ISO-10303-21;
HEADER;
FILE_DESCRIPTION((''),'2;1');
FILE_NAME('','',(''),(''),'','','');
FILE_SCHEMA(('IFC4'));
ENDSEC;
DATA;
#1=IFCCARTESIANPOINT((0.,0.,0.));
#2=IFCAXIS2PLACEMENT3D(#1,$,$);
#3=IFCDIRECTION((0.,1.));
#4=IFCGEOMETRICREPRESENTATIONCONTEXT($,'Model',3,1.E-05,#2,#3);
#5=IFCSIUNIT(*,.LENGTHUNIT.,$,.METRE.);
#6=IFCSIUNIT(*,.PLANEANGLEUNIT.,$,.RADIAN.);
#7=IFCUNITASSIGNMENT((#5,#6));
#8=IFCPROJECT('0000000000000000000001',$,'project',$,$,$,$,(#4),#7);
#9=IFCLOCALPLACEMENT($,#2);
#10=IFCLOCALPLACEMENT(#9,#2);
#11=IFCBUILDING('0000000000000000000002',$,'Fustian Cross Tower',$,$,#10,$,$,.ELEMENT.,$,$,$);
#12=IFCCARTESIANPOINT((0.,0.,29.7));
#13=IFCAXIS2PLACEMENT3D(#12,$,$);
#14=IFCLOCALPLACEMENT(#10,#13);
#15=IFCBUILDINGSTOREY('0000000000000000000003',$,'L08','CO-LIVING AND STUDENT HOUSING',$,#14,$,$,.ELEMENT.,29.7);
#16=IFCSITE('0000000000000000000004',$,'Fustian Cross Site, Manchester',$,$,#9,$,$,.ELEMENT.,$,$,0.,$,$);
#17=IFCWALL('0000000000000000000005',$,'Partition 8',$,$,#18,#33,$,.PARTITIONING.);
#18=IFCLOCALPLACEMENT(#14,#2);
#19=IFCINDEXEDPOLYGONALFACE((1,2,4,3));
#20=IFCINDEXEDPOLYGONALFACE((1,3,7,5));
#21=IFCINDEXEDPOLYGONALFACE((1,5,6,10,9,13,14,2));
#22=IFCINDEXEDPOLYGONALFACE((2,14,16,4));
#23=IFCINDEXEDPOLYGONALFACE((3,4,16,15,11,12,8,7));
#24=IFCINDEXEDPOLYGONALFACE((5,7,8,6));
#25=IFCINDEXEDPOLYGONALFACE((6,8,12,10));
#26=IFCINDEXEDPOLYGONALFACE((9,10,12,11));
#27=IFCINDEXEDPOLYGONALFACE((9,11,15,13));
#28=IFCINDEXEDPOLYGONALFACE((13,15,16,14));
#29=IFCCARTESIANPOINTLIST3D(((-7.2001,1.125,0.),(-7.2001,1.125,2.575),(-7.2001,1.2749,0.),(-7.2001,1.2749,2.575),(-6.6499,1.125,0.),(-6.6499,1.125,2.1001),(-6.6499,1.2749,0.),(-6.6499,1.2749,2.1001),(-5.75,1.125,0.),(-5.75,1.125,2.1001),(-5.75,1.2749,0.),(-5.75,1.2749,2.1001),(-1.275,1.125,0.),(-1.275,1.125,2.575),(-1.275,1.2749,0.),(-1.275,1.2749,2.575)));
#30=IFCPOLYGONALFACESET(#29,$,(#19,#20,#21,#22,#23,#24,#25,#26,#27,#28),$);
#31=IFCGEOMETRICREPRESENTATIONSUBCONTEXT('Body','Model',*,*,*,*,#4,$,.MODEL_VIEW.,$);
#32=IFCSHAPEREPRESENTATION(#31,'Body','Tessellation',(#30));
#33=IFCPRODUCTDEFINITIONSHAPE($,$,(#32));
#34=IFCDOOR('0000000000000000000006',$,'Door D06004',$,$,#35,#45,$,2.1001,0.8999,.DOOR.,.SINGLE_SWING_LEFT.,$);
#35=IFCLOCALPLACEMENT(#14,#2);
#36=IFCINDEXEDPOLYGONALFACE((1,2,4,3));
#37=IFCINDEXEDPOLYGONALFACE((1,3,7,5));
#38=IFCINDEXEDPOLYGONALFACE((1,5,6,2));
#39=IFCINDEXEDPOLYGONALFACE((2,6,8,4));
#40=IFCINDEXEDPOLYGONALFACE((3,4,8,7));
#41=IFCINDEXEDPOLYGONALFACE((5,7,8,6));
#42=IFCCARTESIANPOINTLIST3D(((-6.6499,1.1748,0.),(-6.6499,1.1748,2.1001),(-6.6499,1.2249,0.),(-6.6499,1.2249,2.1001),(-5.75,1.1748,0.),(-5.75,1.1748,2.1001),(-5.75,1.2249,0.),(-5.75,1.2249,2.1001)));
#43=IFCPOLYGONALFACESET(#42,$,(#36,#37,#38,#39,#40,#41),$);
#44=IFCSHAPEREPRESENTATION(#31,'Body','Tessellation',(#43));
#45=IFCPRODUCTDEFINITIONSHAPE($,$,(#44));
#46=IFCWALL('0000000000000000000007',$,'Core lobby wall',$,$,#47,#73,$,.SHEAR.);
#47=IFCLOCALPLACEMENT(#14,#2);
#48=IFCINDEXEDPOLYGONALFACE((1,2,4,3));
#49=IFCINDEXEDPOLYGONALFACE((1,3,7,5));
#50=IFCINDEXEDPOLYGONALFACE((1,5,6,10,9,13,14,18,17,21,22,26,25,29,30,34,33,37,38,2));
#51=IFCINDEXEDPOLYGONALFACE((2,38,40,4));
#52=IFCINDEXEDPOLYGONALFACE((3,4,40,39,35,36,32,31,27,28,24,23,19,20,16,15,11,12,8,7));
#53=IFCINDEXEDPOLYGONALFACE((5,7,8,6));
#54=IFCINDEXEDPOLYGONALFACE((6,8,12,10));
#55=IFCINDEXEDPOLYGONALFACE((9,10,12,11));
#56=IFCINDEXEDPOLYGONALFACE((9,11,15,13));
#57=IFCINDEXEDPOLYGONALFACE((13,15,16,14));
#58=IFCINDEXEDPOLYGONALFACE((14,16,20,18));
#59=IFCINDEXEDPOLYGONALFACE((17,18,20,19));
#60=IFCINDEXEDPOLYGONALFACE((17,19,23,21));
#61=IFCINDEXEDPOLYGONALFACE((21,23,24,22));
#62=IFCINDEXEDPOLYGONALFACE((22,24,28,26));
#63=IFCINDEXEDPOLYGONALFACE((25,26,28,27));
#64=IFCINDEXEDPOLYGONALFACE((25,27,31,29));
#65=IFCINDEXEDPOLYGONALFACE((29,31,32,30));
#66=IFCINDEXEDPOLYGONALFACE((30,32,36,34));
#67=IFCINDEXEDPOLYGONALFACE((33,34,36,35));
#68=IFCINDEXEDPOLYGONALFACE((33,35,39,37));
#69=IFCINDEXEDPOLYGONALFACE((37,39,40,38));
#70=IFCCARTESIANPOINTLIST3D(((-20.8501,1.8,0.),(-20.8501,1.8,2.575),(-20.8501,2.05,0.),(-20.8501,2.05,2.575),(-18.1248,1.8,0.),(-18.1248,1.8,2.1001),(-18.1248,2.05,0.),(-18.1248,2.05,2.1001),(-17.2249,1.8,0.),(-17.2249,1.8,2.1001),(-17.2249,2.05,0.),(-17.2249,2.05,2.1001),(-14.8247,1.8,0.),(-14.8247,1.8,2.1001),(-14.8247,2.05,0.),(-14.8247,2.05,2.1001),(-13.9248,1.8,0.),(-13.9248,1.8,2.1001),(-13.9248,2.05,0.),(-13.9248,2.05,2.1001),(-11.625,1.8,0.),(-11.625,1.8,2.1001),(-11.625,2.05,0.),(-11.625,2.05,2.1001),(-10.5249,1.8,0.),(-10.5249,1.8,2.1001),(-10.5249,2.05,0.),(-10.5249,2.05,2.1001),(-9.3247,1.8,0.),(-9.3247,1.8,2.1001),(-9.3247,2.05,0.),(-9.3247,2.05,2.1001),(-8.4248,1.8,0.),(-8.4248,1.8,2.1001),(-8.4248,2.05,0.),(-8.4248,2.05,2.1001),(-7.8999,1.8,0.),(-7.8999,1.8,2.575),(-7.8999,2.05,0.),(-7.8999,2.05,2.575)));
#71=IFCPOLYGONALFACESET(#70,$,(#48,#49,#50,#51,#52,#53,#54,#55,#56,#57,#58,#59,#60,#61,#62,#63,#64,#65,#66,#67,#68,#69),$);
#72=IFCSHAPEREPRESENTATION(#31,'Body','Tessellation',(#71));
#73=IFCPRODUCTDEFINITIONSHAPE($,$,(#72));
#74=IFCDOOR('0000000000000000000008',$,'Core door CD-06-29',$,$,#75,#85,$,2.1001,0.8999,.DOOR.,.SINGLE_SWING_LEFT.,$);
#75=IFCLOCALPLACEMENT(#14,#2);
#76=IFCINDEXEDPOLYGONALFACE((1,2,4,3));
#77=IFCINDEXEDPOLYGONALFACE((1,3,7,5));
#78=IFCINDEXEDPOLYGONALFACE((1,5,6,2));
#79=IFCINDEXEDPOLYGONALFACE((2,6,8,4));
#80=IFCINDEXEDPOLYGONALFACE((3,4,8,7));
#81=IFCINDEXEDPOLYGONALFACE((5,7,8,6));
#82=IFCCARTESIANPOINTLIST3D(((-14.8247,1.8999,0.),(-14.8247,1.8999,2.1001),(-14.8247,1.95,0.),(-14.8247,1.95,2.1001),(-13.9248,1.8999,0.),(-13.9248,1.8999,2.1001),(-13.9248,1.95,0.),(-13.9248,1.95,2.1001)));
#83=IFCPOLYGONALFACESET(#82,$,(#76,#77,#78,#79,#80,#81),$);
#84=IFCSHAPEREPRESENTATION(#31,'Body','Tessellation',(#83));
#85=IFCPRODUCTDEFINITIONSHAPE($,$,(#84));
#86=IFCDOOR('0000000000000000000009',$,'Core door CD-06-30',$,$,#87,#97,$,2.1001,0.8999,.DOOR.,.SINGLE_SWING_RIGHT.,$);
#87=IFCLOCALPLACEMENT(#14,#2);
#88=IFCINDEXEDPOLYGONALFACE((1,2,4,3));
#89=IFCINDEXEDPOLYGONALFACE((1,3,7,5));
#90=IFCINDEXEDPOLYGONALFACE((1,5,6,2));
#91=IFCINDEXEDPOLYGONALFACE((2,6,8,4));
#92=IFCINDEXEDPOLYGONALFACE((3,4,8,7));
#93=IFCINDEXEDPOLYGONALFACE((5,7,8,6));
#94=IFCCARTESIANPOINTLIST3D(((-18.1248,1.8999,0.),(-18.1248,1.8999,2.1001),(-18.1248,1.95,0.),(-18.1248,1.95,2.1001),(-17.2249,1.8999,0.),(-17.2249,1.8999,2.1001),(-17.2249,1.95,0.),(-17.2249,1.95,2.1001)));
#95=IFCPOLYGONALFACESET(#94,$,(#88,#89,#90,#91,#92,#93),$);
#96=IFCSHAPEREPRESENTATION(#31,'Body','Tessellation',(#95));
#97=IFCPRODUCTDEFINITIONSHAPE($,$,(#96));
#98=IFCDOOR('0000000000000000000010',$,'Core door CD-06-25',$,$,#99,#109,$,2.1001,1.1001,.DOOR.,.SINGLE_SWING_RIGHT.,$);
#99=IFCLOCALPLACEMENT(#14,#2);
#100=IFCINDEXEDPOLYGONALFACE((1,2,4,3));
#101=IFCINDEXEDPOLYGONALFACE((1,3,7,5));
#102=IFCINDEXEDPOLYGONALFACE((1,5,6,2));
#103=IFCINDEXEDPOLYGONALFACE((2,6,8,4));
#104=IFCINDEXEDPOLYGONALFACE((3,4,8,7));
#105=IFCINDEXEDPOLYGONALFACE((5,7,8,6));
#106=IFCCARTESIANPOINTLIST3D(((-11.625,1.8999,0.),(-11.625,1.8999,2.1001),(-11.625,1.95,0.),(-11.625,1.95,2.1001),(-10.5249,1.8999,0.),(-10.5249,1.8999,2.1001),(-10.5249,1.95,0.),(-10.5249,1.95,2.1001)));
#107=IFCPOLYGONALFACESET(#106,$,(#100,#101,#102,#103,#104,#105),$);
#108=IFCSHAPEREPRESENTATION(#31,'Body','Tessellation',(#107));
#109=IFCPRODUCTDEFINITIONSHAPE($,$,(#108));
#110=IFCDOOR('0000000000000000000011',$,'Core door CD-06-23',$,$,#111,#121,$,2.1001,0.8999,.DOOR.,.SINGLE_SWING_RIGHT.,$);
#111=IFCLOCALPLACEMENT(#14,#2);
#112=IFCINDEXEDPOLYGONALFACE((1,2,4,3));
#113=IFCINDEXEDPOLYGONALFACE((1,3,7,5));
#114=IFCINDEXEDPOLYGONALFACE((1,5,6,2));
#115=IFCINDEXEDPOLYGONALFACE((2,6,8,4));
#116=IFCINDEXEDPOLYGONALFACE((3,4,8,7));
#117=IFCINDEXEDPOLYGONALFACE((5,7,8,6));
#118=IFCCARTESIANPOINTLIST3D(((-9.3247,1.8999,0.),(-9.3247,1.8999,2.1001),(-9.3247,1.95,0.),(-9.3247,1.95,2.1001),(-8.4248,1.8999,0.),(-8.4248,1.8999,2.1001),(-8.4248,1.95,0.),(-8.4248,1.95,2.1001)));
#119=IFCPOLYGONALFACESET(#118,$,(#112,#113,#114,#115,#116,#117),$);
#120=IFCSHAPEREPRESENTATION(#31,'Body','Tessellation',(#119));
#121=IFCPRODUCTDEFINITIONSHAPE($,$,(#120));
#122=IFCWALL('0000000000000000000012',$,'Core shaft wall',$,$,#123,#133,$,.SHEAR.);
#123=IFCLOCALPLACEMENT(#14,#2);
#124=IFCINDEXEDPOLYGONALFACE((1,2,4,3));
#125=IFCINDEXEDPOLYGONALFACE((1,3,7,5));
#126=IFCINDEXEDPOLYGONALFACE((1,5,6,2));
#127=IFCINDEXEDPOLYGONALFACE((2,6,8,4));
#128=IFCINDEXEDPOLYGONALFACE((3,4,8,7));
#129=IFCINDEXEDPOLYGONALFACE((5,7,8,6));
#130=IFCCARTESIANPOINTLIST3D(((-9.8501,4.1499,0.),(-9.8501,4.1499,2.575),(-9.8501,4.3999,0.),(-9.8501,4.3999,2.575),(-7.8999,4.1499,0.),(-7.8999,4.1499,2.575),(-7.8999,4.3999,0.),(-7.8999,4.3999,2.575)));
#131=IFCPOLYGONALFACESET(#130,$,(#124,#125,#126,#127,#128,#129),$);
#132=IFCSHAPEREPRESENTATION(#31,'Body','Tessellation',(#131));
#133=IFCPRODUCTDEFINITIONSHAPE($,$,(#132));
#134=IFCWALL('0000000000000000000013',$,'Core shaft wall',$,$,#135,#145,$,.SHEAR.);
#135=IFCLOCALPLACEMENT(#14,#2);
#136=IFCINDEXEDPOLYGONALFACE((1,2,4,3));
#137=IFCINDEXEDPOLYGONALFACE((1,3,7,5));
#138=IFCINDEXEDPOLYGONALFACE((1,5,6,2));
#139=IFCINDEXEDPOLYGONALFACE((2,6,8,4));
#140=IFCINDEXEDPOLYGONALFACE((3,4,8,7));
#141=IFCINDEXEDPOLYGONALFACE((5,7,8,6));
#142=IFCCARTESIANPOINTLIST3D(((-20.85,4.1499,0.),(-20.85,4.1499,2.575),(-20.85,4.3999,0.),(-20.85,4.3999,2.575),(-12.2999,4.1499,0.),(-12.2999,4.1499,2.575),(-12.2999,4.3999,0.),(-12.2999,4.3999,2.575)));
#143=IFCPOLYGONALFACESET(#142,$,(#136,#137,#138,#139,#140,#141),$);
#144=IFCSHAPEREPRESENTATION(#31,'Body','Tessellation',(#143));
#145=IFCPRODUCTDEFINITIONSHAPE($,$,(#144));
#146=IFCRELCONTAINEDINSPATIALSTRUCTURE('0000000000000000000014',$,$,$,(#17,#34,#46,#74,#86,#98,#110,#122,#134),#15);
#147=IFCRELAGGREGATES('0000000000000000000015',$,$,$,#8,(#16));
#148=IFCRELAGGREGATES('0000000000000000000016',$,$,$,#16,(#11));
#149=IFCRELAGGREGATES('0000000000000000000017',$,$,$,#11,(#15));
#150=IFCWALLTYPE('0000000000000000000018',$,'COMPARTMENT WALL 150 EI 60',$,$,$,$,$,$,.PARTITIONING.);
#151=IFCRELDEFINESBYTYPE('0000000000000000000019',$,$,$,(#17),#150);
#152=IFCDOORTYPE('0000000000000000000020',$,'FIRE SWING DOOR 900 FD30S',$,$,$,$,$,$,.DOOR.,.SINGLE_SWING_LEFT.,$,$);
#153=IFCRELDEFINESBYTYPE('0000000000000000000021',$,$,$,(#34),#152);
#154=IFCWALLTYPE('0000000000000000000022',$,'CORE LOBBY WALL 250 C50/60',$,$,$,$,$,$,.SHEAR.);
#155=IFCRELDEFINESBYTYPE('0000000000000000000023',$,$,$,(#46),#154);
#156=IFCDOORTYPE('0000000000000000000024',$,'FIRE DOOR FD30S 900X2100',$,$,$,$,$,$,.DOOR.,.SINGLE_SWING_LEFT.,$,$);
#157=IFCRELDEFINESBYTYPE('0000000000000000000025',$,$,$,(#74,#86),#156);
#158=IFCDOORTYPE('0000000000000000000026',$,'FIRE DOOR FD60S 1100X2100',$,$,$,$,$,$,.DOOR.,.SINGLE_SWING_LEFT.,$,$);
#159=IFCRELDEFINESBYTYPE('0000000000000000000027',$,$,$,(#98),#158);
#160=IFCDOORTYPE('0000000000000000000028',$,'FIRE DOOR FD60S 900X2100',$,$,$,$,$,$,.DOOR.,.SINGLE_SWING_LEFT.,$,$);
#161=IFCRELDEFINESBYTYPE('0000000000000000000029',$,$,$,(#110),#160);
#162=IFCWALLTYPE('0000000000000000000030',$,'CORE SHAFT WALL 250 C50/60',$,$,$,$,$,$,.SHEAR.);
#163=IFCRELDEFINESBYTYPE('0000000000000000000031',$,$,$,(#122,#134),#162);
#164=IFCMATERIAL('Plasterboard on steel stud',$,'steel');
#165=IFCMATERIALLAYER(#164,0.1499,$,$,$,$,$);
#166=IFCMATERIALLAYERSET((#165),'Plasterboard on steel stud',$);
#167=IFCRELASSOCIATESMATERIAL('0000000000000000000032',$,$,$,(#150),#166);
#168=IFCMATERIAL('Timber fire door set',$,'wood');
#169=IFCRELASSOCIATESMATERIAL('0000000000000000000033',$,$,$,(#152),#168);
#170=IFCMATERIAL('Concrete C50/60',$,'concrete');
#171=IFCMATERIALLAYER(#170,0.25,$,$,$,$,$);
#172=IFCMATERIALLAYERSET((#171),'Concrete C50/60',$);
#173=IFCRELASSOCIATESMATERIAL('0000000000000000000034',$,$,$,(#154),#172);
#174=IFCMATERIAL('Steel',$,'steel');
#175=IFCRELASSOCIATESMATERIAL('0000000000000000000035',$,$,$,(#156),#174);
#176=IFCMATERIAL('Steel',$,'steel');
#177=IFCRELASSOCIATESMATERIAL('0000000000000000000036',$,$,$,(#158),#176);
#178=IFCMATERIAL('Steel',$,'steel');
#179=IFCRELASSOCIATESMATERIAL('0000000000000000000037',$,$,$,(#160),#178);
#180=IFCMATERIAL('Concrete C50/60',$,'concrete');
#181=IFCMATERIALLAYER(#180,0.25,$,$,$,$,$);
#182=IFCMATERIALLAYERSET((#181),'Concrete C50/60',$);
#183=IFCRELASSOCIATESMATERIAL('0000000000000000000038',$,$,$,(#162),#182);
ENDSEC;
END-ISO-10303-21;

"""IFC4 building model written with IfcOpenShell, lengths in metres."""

from ifc_helpers import new_model, si_unit, direction, frame, frame_2d, origin, place, context, subcontext, project, spatial, rectangle, extrude, material, layer, layer_set, type_object, element, fill, save


model = new_model("IFC4")

# Units and contexts
model_context = context("Model", 3, precision=1e-05, world=origin(), true_north=direction((0.0, 1.0)))
body_context = subcontext(model_context, "Body", "Model", "MODEL_VIEW")
ifc_project = project(units=[si_unit("LENGTHUNIT", "METRE"), si_unit("PLANEANGLEUNIT", "RADIAN")], contexts=[model_context])

# Site, building, storey
site_placement = place(None, origin())
site = spatial("IfcSite", under=ifc_project, at=site_placement, Name="Fustian Cross Site, Manchester", CompositionType="ELEMENT", RefElevation=0.0)
building_placement = place(site_placement, origin())
building = spatial("IfcBuilding", under=site, at=building_placement, Name="Fustian Cross Tower", CompositionType="ELEMENT")
storey_placement = place(building_placement, frame((0.0, 0.0, 29.7)))
storey = spatial("IfcBuildingStorey", under=building, at=storey_placement, Name="L08", Description="CO-LIVING AND STUDENT HOUSING", CompositionType="ELEMENT", Elevation=29.7)

# Wall, opening, door
ifc_material_1 = material(Name="Plasterboard on steel stud", Category="steel")
ifc_layer_1 = layer(ifc_material_1, 0.1499)
ifc_layer_set_1 = layer_set([ifc_layer_1], Name="Plasterboard on steel stud")
wall_type_1 = type_object("IfcWallType", Name="COMPARTMENT WALL 150 EI 60", PredefinedType="PARTITIONING", material=ifc_layer_set_1)
wall_1_placement = place(storey_placement, frame((-7.2, 1.2, 0.0), z_axis=(0.0, 0.0, 1.0), x_axis=(1.0, 0.0, 0.0)))
wall_1 = element("IfcWall", 1, at=wall_1_placement, inside=storey, type_object=wall_type_1, Name="Partition 8", PredefinedType="PARTITIONING", context=body_context, shape_type="SweptSolid", body=[
    extrude(rectangle(XDim=5.925, YDim=0.1499, at=frame_2d((2.9624, 0.0))), origin(), (0.0, 0.0, 1.0), 2.575),
])
opening_1_placement = place(wall_1_placement, frame((0.55, 0.0, 0.0)))
opening_1 = element("IfcOpeningElement", 2, at=opening_1_placement, cuts=wall_1, PredefinedType="OPENING", context=body_context, shape_type="SweptSolid", body=[
    extrude(rectangle(XDim=0.8999, YDim=2.1001, at=frame_2d((0.45, 1.05))), frame((0.0, 0.085, 0.0), z_axis=(0.0, -1.0, 0.0), x_axis=(1.0, 0.0, 0.0)), (0.0, 0.0, 1.0), 0.1699),
])
ifc_material_2 = material(Name="Timber fire door set", Category="wood")
door_type_1 = type_object("IfcDoorType", Name="FIRE SWING DOOR 900 FD30S", OperationType="SINGLE_SWING_LEFT", PredefinedType="DOOR", material=ifc_material_2)
door_1_placement = place(opening_1_placement, origin())
door_1 = element("IfcDoor", 3, at=door_1_placement, inside=storey, type_object=door_type_1, Name="Door D06004", OperationType="SINGLE_SWING_LEFT", OverallHeight=2.1001, OverallWidth=0.8999, PredefinedType="DOOR", context=body_context, shape_type="SweptSolid", body=[
    extrude(rectangle(XDim=0.8999, YDim=2.1001, at=frame_2d((0.45, 1.05))), frame((0.0, 0.0249, 0.0), z_axis=(0.0, -1.0, 0.0), x_axis=(1.0, 0.0, 0.0)), (0.0, 0.0, 1.0), 0.05),
])
fill(opening_1, door_1)

# Wall, openings, doors
ifc_material_3 = material(Name="Concrete C50/60", Category="concrete")
ifc_layer_2 = layer(ifc_material_3, 0.25)
ifc_layer_set_2 = layer_set([ifc_layer_2], Name="Concrete C50/60")
wall_type_2 = type_object("IfcWallType", Name="CORE LOBBY WALL 250 C50/60", PredefinedType="SHEAR", material=ifc_layer_set_2)
wall_2_placement = place(storey_placement, frame((-7.8999, 1.925, 0.0), z_axis=(0.0, 0.0, 1.0), x_axis=(-1.0, 0.0, 0.0)))
wall_2 = element("IfcWall", 4, at=wall_2_placement, inside=storey, type_object=wall_type_2, Name="Core lobby wall", PredefinedType="SHEAR", context=body_context, shape_type="SweptSolid", body=[
    extrude(rectangle(XDim=12.9502, YDim=0.25, at=frame_2d((6.4751, 0.0))), origin(), (0.0, 0.0, 1.0), 2.575),
])
opening_2_placement = place(wall_2_placement, frame((0.5249, 0.0, 0.0)))
opening_2 = element("IfcOpeningElement", 5, at=opening_2_placement, cuts=wall_2, PredefinedType="OPENING", context=body_context, shape_type="SweptSolid", body=[
    extrude(rectangle(XDim=0.8999, YDim=2.1001, at=frame_2d((0.45, 1.05))), frame((0.0, 0.135, 0.0), z_axis=(0.0, -1.0, 0.0), x_axis=(1.0, 0.0, 0.0)), (0.0, 0.0, 1.0), 0.27),
])
opening_3_placement = place(wall_2_placement, frame((2.625, 0.0, 0.0)))
opening_3 = element("IfcOpeningElement", 6, at=opening_3_placement, cuts=wall_2, PredefinedType="OPENING", context=body_context, shape_type="SweptSolid", body=[
    extrude(rectangle(XDim=1.1001, YDim=2.1001, at=frame_2d((0.55, 1.05))), frame((0.0, 0.135, 0.0), z_axis=(0.0, -1.0, 0.0), x_axis=(1.0, 0.0, 0.0)), (0.0, 0.0, 1.0), 0.27),
])
opening_4_placement = place(wall_2_placement, frame((6.0249, 0.0, 0.0)))
opening_4 = element("IfcOpeningElement", 7, at=opening_4_placement, cuts=wall_2, PredefinedType="OPENING", context=body_context, shape_type="SweptSolid", body=[
    extrude(rectangle(XDim=0.8999, YDim=2.1001, at=frame_2d((0.45, 1.05))), frame((0.0, 0.135, 0.0), z_axis=(0.0, -1.0, 0.0), x_axis=(1.0, 0.0, 0.0)), (0.0, 0.0, 1.0), 0.27),
])
opening_5_placement = place(wall_2_placement, frame((9.325, 0.0, 0.0)))
opening_5 = element("IfcOpeningElement", 8, at=opening_5_placement, cuts=wall_2, PredefinedType="OPENING", context=body_context, shape_type="SweptSolid", body=[
    extrude(rectangle(XDim=0.8999, YDim=2.1001, at=frame_2d((0.45, 1.05))), frame((0.0, 0.135, 0.0), z_axis=(0.0, -1.0, 0.0), x_axis=(1.0, 0.0, 0.0)), (0.0, 0.0, 1.0), 0.27),
])
ifc_material_4 = material(Name="Steel", Category="steel")
door_type_2 = type_object("IfcDoorType", Name="FIRE DOOR FD30S 900X2100", OperationType="SINGLE_SWING_LEFT", PredefinedType="DOOR", material=ifc_material_4)
door_2_placement = place(opening_4_placement, frame((0.8999, 0.0, 0.0), z_axis=(0.0, 0.0, 1.0), x_axis=(-1.0, 0.0, 0.0)))
door_2 = element("IfcDoor", 9, at=door_2_placement, inside=storey, type_object=door_type_2, Name="Core door CD-06-29", OperationType="SINGLE_SWING_LEFT", OverallHeight=2.1001, OverallWidth=0.8999, PredefinedType="DOOR", context=body_context, shape_type="SweptSolid", body=[
    extrude(rectangle(XDim=0.8999, YDim=2.1001, at=frame_2d((0.45, 1.05))), frame((0.0, 0.0249, 0.0), z_axis=(0.0, -1.0, 0.0), x_axis=(1.0, 0.0, 0.0)), (0.0, 0.0, 1.0), 0.05),
])
fill(opening_4, door_2)
door_3_placement = place(opening_5_placement, frame((0.8999, 0.0, 0.0), z_axis=(0.0, 0.0, 1.0), x_axis=(-1.0, 0.0, 0.0)))
door_3 = element("IfcDoor", 10, at=door_3_placement, inside=storey, type_object=door_type_2, Name="Core door CD-06-30", OperationType="SINGLE_SWING_RIGHT", OverallHeight=2.1001, OverallWidth=0.8999, PredefinedType="DOOR", context=body_context, shape_type="SweptSolid", body=[
    extrude(rectangle(XDim=0.8999, YDim=2.1001, at=frame_2d((0.45, 1.05))), frame((0.0, 0.0249, 0.0), z_axis=(0.0, -1.0, 0.0), x_axis=(1.0, 0.0, 0.0)), (0.0, 0.0, 1.0), 0.05),
])
fill(opening_5, door_3)
ifc_material_5 = material(Name="Steel", Category="steel")
door_type_3 = type_object("IfcDoorType", Name="FIRE DOOR FD60S 1100X2100", OperationType="SINGLE_SWING_LEFT", PredefinedType="DOOR", material=ifc_material_5)
door_4_placement = place(opening_3_placement, frame((1.1001, 0.0, 0.0), z_axis=(0.0, 0.0, 1.0), x_axis=(-1.0, 0.0, 0.0)))
door_4 = element("IfcDoor", 11, at=door_4_placement, inside=storey, type_object=door_type_3, Name="Core door CD-06-25", OperationType="SINGLE_SWING_RIGHT", OverallHeight=2.1001, OverallWidth=1.1001, PredefinedType="DOOR", context=body_context, shape_type="SweptSolid", body=[
    extrude(rectangle(XDim=1.1001, YDim=2.1001, at=frame_2d((0.55, 1.05))), frame((0.0, 0.0249, 0.0), z_axis=(0.0, -1.0, 0.0), x_axis=(1.0, 0.0, 0.0)), (0.0, 0.0, 1.0), 0.05),
])
fill(opening_3, door_4)
ifc_material_6 = material(Name="Steel", Category="steel")
door_type_4 = type_object("IfcDoorType", Name="FIRE DOOR FD60S 900X2100", OperationType="SINGLE_SWING_LEFT", PredefinedType="DOOR", material=ifc_material_6)
door_5_placement = place(opening_2_placement, frame((0.8999, 0.0, 0.0), z_axis=(0.0, 0.0, 1.0), x_axis=(-1.0, 0.0, 0.0)))
door_5 = element("IfcDoor", 12, at=door_5_placement, inside=storey, type_object=door_type_4, Name="Core door CD-06-23", OperationType="SINGLE_SWING_RIGHT", OverallHeight=2.1001, OverallWidth=0.8999, PredefinedType="DOOR", context=body_context, shape_type="SweptSolid", body=[
    extrude(rectangle(XDim=0.8999, YDim=2.1001, at=frame_2d((0.45, 1.05))), frame((0.0, 0.0249, 0.0), z_axis=(0.0, -1.0, 0.0), x_axis=(1.0, 0.0, 0.0)), (0.0, 0.0, 1.0), 0.05),
])
fill(opening_2, door_5)

# Walls
ifc_material_7 = material(Name="Concrete C50/60", Category="concrete")
ifc_layer_3 = layer(ifc_material_7, 0.25)
ifc_layer_set_3 = layer_set([ifc_layer_3], Name="Concrete C50/60")
wall_type_3 = type_object("IfcWallType", Name="CORE SHAFT WALL 250 C50/60", PredefinedType="SHEAR", material=ifc_layer_set_3)
wall_3_placement = place(storey_placement, frame((-7.8999, 4.2749, 0.0), z_axis=(0.0, 0.0, 1.0), x_axis=(-1.0, 0.0, 0.0)))
element("IfcWall", 13, at=wall_3_placement, inside=storey, type_object=wall_type_3, Name="Core shaft wall", PredefinedType="SHEAR", context=body_context, shape_type="SweptSolid", body=[
    extrude(rectangle(XDim=1.9502, YDim=0.25, at=frame_2d((0.9751, 0.0))), origin(), (0.0, 0.0, 1.0), 2.575),
])
wall_4_placement = place(storey_placement, frame((-12.3, 4.2749, 0.0), z_axis=(0.0, 0.0, 1.0), x_axis=(-1.0, 0.0, 0.0)))
element("IfcWall", 14, at=wall_4_placement, inside=storey, type_object=wall_type_3, Name="Core shaft wall", PredefinedType="SHEAR", context=body_context, shape_type="SweptSolid", body=[
    extrude(rectangle(XDim=8.55, YDim=0.25, at=frame_2d((4.2749, 0.0))), origin(), (0.0, 0.0, 1.0), 2.575),
])

save(model, "model.ifc")
